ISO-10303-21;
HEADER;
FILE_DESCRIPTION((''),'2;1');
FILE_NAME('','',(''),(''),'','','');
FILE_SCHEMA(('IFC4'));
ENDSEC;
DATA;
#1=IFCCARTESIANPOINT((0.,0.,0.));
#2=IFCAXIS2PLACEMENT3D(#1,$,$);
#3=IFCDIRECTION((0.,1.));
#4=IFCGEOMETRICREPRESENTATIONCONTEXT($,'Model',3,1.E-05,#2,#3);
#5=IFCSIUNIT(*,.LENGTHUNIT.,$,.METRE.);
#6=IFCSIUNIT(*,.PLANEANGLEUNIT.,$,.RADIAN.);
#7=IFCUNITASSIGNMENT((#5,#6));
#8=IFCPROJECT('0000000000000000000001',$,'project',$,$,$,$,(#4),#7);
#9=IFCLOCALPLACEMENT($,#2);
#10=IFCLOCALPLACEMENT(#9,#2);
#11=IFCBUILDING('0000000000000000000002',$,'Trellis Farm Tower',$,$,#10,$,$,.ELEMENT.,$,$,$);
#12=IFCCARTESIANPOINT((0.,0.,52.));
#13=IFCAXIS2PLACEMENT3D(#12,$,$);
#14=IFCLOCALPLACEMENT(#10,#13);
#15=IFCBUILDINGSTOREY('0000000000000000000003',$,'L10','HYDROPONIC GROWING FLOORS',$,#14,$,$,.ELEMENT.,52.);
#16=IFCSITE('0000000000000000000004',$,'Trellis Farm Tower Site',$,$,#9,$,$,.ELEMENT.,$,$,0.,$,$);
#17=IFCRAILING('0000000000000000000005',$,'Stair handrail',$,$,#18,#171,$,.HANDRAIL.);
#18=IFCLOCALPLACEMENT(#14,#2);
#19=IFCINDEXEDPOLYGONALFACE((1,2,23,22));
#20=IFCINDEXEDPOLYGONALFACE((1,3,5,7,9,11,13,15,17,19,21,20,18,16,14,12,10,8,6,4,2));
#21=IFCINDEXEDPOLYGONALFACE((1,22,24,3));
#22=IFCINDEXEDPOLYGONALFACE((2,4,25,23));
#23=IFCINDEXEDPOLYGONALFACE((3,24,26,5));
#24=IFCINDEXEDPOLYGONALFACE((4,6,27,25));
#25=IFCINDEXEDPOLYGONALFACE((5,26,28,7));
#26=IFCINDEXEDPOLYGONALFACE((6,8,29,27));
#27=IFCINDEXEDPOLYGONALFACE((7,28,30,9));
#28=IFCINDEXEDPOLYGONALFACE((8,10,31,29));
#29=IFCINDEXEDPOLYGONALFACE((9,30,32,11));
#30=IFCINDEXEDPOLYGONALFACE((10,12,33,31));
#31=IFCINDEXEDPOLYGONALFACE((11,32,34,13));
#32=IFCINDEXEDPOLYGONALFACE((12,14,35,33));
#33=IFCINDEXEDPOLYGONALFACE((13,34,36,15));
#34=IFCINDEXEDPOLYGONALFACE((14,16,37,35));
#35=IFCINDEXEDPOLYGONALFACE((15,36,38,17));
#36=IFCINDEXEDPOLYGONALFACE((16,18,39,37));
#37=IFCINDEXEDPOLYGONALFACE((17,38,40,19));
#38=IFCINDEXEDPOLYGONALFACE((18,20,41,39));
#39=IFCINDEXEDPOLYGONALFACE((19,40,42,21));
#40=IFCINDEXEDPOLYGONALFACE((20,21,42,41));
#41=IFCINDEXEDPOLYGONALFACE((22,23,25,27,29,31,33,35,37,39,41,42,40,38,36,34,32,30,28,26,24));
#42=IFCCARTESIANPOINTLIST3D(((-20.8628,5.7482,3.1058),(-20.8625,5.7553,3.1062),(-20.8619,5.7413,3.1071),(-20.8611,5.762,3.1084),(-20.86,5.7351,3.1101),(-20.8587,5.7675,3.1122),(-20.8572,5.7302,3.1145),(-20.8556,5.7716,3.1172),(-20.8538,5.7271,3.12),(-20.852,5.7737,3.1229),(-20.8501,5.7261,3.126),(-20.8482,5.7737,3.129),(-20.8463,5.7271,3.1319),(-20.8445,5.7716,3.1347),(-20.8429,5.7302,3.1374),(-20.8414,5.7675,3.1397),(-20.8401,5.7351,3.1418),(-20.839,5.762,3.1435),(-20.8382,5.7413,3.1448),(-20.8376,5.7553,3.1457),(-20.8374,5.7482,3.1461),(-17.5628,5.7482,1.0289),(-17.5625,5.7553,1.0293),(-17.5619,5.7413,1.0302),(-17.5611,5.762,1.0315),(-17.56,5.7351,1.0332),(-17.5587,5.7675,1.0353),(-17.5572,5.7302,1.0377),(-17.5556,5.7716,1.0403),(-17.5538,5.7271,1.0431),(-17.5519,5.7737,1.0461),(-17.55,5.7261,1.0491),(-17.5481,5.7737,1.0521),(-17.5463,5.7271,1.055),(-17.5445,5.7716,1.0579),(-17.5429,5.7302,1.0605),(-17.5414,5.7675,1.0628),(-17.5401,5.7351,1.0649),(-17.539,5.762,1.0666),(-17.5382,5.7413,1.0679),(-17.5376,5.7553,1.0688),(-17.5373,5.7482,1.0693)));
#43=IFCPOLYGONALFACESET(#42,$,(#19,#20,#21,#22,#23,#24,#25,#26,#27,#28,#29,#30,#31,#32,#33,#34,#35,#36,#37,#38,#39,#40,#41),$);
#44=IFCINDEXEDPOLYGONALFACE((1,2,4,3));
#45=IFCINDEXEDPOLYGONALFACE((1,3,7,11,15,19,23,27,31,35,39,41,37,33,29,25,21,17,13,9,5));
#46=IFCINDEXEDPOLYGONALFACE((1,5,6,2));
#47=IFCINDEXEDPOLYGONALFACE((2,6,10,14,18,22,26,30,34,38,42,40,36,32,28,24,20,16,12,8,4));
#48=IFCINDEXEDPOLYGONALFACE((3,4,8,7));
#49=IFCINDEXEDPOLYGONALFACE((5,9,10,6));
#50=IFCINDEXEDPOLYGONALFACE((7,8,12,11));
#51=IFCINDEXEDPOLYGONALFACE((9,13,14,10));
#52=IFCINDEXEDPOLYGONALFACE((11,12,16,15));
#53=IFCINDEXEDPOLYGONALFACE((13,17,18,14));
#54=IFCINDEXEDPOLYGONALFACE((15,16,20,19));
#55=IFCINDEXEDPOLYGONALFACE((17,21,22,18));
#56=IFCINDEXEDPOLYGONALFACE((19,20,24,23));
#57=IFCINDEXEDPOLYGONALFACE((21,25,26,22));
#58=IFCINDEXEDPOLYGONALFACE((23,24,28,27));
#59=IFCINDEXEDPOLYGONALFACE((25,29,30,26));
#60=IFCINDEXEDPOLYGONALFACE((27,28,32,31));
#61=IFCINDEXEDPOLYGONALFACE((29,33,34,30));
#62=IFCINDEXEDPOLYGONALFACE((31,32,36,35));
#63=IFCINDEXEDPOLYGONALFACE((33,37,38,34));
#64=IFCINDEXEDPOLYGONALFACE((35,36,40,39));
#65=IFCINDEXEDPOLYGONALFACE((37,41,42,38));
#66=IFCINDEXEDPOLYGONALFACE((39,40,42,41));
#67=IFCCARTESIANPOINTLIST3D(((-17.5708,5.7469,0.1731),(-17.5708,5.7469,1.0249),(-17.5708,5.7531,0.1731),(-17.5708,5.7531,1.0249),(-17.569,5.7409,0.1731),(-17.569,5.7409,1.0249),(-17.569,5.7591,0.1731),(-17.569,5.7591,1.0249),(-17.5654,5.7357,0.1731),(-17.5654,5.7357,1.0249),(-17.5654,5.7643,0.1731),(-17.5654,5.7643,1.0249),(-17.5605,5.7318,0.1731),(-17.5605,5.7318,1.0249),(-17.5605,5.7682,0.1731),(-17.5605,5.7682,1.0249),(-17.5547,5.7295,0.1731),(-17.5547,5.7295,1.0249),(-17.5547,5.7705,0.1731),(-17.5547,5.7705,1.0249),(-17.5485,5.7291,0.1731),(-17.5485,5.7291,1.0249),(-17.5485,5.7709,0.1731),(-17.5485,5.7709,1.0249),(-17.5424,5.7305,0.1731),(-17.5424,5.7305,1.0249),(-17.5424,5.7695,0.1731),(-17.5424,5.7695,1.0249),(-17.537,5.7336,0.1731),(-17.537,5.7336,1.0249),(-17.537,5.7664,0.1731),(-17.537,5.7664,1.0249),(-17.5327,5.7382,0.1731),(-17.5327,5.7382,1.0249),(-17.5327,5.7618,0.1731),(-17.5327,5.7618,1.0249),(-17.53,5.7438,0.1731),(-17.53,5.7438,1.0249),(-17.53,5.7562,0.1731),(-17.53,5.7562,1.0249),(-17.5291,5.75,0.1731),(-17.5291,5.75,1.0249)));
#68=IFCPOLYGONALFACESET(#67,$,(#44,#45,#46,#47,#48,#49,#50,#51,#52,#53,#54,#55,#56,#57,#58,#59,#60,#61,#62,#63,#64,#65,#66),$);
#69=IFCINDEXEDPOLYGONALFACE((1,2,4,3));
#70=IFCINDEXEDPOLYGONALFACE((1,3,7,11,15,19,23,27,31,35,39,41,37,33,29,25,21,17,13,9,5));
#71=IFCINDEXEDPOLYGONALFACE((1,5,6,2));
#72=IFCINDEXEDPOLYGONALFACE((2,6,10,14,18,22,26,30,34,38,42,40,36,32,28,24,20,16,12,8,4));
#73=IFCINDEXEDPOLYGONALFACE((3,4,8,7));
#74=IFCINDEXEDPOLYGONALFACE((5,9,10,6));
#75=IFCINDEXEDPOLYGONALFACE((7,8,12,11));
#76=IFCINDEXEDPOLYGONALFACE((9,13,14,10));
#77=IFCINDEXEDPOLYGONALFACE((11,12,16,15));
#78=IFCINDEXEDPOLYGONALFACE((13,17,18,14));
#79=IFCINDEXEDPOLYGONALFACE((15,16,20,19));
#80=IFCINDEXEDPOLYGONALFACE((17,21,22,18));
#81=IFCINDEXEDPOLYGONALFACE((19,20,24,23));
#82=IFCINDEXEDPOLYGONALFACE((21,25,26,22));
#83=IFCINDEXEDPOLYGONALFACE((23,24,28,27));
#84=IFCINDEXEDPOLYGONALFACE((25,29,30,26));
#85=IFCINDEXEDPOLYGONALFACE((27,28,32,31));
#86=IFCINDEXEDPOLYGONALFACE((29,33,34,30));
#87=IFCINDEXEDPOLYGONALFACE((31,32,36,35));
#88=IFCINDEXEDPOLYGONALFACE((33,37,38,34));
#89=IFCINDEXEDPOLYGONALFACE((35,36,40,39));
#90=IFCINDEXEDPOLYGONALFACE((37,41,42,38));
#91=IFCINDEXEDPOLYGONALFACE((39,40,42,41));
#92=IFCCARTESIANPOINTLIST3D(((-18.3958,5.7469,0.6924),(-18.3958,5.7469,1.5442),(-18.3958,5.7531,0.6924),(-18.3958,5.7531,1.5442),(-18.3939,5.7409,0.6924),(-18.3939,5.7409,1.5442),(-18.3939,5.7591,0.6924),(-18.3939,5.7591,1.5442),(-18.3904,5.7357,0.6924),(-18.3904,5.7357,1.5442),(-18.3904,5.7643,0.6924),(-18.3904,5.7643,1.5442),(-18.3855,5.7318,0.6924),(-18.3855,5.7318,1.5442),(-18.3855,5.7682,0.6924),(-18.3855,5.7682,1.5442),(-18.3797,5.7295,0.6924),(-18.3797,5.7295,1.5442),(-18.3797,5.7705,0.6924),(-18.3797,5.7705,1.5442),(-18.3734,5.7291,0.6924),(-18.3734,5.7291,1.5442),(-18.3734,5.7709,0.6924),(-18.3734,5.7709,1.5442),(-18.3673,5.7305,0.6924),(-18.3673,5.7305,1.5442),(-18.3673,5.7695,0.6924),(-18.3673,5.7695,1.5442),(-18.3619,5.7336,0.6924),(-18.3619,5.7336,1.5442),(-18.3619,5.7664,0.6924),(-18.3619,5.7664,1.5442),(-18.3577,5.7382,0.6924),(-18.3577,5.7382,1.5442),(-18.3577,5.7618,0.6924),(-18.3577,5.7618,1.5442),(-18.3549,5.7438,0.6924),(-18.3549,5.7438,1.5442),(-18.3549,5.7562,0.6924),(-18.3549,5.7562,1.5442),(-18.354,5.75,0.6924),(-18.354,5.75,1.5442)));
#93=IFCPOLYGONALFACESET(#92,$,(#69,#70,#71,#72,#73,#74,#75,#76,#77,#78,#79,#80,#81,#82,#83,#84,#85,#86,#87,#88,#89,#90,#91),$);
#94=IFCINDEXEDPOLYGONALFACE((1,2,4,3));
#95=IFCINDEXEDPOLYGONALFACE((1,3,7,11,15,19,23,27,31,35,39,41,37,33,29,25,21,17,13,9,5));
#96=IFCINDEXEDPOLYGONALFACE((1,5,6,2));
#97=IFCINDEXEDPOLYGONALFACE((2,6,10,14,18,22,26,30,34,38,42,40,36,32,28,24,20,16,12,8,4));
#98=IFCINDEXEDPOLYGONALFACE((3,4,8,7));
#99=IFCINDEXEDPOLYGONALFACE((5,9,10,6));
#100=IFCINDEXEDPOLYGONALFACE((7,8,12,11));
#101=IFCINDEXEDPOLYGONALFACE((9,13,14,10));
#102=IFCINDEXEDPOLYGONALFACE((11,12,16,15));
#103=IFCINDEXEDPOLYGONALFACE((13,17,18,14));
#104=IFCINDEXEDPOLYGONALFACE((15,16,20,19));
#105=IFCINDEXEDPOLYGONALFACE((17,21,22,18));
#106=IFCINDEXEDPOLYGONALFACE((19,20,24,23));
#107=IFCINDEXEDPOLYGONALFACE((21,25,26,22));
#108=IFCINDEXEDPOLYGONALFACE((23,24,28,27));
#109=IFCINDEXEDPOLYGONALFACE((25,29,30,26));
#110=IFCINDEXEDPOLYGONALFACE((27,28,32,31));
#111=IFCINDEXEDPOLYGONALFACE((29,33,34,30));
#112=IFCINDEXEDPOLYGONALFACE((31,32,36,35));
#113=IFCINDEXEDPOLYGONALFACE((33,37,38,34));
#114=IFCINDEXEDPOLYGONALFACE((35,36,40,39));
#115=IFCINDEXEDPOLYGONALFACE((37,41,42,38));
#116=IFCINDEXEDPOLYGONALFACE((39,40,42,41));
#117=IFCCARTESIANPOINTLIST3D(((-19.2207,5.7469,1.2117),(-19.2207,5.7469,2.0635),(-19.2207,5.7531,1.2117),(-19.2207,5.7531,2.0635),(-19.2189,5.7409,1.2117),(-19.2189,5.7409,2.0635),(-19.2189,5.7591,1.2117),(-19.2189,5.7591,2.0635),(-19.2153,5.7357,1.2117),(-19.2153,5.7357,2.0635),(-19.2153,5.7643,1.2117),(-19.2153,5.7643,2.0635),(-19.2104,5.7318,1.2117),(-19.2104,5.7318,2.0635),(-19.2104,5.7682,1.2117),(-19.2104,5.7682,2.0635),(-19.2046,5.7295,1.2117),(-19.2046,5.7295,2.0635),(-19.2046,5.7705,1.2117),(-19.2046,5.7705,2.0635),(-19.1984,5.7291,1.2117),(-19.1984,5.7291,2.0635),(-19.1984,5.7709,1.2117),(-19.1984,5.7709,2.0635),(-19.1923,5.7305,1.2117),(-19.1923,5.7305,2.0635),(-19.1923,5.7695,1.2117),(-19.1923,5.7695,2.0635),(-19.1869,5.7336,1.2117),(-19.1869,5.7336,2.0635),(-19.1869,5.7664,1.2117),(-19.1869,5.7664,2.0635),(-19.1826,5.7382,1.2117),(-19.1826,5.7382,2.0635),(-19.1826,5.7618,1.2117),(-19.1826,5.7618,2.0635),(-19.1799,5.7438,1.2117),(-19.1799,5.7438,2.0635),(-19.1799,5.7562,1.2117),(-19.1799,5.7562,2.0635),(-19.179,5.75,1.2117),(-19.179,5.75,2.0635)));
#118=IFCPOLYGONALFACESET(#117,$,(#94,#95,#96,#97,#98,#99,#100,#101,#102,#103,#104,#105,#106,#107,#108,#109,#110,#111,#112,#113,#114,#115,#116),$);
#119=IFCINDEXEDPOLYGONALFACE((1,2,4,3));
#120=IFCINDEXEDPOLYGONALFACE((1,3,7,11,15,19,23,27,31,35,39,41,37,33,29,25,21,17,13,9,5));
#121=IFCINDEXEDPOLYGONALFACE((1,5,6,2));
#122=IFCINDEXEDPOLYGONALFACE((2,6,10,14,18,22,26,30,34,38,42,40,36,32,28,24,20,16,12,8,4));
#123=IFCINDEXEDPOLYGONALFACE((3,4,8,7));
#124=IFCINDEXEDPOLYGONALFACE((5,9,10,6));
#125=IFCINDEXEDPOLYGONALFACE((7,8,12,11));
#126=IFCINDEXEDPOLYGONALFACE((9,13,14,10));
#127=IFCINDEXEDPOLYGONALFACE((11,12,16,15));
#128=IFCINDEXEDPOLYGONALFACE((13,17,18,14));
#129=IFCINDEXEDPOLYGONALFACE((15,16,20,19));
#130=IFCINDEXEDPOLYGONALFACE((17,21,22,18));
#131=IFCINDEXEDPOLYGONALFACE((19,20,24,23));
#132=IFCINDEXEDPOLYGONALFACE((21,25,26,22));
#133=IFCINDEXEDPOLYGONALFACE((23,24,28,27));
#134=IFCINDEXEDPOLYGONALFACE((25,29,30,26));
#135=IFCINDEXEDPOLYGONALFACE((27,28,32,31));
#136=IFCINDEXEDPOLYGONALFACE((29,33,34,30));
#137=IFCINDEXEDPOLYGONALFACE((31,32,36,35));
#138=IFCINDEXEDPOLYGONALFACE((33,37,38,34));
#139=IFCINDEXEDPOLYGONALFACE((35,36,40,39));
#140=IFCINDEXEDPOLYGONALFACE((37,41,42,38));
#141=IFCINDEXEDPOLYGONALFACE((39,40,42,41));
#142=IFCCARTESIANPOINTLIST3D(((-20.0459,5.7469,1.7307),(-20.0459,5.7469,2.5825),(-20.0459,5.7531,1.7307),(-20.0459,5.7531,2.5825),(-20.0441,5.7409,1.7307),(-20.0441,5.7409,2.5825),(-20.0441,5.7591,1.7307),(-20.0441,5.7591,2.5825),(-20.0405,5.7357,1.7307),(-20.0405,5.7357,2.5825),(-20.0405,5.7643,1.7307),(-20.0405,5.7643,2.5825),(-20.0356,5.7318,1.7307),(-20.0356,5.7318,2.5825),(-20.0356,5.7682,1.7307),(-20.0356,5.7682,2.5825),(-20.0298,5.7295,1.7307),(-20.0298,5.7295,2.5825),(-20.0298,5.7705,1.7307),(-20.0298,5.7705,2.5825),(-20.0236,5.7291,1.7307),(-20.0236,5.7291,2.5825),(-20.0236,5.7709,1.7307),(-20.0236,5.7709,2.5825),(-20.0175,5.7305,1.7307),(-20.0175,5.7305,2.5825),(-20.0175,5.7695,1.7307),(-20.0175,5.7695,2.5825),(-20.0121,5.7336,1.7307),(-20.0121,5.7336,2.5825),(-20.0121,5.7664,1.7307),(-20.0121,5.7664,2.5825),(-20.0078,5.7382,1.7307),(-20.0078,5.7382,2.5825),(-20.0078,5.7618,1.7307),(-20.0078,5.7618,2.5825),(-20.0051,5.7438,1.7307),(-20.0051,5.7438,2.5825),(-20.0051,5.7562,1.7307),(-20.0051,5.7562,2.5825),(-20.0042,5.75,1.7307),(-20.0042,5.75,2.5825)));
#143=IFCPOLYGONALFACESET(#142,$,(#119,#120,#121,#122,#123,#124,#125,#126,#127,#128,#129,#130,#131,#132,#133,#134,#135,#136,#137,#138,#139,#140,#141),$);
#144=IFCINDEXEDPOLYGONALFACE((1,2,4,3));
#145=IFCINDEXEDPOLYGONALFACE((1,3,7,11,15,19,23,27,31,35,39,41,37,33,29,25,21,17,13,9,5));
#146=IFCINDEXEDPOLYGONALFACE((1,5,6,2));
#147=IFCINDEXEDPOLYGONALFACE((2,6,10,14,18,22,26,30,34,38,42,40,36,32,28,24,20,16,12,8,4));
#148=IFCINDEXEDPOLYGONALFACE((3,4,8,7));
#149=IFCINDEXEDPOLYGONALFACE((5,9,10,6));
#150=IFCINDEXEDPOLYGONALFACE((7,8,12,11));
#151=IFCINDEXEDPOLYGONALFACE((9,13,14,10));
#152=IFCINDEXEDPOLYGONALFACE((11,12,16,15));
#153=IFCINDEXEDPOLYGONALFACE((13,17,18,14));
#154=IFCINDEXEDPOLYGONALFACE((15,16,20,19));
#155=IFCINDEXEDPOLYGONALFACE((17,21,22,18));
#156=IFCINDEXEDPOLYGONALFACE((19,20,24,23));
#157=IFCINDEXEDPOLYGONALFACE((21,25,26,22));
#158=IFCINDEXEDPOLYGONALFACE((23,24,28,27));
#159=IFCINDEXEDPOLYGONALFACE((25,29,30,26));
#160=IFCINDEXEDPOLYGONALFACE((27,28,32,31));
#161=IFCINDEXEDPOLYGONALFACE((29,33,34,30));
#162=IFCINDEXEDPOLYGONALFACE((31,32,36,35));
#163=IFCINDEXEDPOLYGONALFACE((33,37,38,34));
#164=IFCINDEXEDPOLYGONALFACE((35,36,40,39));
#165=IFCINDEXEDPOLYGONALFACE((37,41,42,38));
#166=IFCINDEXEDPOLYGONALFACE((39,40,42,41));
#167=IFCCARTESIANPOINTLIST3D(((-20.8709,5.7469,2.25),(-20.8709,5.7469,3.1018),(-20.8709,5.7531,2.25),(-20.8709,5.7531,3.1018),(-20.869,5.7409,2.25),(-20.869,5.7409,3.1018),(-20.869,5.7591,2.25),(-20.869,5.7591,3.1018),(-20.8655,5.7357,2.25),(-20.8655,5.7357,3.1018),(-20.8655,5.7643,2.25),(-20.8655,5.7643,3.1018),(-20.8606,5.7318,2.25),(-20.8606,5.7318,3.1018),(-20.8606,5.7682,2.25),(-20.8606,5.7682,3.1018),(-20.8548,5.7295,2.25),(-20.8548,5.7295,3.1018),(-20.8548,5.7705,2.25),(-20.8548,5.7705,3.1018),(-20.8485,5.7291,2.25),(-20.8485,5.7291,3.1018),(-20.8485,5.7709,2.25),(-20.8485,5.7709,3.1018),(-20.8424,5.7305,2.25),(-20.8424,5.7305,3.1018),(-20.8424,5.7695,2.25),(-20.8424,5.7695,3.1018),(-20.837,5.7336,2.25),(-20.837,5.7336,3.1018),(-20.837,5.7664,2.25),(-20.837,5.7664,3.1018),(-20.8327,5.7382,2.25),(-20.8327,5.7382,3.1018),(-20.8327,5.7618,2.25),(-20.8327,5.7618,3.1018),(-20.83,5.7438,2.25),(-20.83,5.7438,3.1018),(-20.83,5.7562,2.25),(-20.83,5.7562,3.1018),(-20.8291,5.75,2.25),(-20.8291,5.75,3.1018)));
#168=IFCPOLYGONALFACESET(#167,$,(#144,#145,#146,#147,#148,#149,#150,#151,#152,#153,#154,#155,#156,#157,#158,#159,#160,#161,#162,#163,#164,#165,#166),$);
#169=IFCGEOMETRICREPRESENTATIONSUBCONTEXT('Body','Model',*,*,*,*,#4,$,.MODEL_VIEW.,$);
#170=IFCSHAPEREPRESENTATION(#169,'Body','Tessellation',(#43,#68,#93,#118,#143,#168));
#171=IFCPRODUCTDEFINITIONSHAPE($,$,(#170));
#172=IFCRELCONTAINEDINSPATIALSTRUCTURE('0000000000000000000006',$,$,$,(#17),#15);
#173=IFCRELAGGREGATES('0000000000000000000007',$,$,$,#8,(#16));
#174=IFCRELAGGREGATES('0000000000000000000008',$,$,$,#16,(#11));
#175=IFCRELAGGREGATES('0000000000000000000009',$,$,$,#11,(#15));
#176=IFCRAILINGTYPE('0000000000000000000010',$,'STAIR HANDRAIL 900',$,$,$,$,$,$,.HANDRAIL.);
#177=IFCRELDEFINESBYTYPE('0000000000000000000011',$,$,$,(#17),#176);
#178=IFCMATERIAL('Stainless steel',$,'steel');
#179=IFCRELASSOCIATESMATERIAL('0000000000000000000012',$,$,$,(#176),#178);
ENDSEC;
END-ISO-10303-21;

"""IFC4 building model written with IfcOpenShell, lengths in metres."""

from ifc_helpers import new_model, si_unit, direction, frame, origin, origin_2d, place, context, subcontext, project, spatial, circle, extrude, source, transform, mapped, material, type_object, element, save


model = new_model("IFC4")

# Units and contexts
model_context = context("Model", 3, precision=1e-05, world=origin(), true_north=direction((0.0, 1.0)))
body_context = subcontext(model_context, "Body", "Model", "MODEL_VIEW")
ifc_project = project(units=[si_unit("LENGTHUNIT", "METRE"), si_unit("PLANEANGLEUNIT", "RADIAN")], contexts=[model_context])

# Site, building, storey
site_placement = place(None, origin())
site = spatial("IfcSite", under=ifc_project, at=site_placement, Name="Trellis Farm Tower Site", CompositionType="ELEMENT", RefElevation=0.0)
building_placement = place(site_placement, origin())
building = spatial("IfcBuilding", under=site, at=building_placement, Name="Trellis Farm Tower", CompositionType="ELEMENT")
storey_placement = place(building_placement, frame((0.0, 0.0, 52.0)))
storey = spatial("IfcBuildingStorey", under=building, at=storey_placement, Name="L10", Description="HYDROPONIC GROWING FLOORS", CompositionType="ELEMENT", Elevation=52.0)

# Shared definitions
ifc_material_1 = material(Name="Stainless steel", Category="steel")

# Railing
railing_type = type_object("IfcRailingType", Name="STAIR HANDRAIL 900", PredefinedType="HANDRAIL", material=ifc_material_1)
shared_shape_1 = source(origin(), body_context, "Body", "SweptSolid", [
    extrude(circle(Radius=0.0239, at=origin_2d()), frame((0.0, 0.0, 0.876), z_axis=(-0.846337, 0.0, 0.532647), x_axis=(0.0, -1.0, 0.0)), (0.0, 0.0, 1.0), 3.8992),
    extrude(circle(Radius=0.021, at=origin_2d()), origin(), (0.0, 0.0, 1.0), 0.8518),
    extrude(circle(Radius=0.021, at=origin_2d()), frame((-0.825, 0.0, 0.5193)), (0.0, 0.0, 1.0), 0.8518),
    extrude(circle(Radius=0.021, at=origin_2d()), frame((-1.6499, 0.0, 1.0386)), (0.0, 0.0, 1.0), 0.8518),
    extrude(circle(Radius=0.021, at=origin_2d()), frame((-2.4751, 0.0, 1.5576)), (0.0, 0.0, 1.0), 0.8518),
    extrude(circle(Radius=0.021, at=origin_2d()), frame((-3.3, 0.0, 2.0769)), (0.0, 0.0, 1.0), 0.8518),
])
for number, where, name in (
    (1, (-17.55, 5.75, 0.1731), "Stair handrail"),
):
    element("IfcRailing", number, at=place(storey_placement, frame(where)), inside=storey, type_object=railing_type, Name=name, PredefinedType="HANDRAIL", context=body_context, shape_type="MappedRepresentation", body=[
        mapped(shared_shape_1, transform((0.0, 0.0, 0.0))),
    ])

save(model, "model.ifc")
